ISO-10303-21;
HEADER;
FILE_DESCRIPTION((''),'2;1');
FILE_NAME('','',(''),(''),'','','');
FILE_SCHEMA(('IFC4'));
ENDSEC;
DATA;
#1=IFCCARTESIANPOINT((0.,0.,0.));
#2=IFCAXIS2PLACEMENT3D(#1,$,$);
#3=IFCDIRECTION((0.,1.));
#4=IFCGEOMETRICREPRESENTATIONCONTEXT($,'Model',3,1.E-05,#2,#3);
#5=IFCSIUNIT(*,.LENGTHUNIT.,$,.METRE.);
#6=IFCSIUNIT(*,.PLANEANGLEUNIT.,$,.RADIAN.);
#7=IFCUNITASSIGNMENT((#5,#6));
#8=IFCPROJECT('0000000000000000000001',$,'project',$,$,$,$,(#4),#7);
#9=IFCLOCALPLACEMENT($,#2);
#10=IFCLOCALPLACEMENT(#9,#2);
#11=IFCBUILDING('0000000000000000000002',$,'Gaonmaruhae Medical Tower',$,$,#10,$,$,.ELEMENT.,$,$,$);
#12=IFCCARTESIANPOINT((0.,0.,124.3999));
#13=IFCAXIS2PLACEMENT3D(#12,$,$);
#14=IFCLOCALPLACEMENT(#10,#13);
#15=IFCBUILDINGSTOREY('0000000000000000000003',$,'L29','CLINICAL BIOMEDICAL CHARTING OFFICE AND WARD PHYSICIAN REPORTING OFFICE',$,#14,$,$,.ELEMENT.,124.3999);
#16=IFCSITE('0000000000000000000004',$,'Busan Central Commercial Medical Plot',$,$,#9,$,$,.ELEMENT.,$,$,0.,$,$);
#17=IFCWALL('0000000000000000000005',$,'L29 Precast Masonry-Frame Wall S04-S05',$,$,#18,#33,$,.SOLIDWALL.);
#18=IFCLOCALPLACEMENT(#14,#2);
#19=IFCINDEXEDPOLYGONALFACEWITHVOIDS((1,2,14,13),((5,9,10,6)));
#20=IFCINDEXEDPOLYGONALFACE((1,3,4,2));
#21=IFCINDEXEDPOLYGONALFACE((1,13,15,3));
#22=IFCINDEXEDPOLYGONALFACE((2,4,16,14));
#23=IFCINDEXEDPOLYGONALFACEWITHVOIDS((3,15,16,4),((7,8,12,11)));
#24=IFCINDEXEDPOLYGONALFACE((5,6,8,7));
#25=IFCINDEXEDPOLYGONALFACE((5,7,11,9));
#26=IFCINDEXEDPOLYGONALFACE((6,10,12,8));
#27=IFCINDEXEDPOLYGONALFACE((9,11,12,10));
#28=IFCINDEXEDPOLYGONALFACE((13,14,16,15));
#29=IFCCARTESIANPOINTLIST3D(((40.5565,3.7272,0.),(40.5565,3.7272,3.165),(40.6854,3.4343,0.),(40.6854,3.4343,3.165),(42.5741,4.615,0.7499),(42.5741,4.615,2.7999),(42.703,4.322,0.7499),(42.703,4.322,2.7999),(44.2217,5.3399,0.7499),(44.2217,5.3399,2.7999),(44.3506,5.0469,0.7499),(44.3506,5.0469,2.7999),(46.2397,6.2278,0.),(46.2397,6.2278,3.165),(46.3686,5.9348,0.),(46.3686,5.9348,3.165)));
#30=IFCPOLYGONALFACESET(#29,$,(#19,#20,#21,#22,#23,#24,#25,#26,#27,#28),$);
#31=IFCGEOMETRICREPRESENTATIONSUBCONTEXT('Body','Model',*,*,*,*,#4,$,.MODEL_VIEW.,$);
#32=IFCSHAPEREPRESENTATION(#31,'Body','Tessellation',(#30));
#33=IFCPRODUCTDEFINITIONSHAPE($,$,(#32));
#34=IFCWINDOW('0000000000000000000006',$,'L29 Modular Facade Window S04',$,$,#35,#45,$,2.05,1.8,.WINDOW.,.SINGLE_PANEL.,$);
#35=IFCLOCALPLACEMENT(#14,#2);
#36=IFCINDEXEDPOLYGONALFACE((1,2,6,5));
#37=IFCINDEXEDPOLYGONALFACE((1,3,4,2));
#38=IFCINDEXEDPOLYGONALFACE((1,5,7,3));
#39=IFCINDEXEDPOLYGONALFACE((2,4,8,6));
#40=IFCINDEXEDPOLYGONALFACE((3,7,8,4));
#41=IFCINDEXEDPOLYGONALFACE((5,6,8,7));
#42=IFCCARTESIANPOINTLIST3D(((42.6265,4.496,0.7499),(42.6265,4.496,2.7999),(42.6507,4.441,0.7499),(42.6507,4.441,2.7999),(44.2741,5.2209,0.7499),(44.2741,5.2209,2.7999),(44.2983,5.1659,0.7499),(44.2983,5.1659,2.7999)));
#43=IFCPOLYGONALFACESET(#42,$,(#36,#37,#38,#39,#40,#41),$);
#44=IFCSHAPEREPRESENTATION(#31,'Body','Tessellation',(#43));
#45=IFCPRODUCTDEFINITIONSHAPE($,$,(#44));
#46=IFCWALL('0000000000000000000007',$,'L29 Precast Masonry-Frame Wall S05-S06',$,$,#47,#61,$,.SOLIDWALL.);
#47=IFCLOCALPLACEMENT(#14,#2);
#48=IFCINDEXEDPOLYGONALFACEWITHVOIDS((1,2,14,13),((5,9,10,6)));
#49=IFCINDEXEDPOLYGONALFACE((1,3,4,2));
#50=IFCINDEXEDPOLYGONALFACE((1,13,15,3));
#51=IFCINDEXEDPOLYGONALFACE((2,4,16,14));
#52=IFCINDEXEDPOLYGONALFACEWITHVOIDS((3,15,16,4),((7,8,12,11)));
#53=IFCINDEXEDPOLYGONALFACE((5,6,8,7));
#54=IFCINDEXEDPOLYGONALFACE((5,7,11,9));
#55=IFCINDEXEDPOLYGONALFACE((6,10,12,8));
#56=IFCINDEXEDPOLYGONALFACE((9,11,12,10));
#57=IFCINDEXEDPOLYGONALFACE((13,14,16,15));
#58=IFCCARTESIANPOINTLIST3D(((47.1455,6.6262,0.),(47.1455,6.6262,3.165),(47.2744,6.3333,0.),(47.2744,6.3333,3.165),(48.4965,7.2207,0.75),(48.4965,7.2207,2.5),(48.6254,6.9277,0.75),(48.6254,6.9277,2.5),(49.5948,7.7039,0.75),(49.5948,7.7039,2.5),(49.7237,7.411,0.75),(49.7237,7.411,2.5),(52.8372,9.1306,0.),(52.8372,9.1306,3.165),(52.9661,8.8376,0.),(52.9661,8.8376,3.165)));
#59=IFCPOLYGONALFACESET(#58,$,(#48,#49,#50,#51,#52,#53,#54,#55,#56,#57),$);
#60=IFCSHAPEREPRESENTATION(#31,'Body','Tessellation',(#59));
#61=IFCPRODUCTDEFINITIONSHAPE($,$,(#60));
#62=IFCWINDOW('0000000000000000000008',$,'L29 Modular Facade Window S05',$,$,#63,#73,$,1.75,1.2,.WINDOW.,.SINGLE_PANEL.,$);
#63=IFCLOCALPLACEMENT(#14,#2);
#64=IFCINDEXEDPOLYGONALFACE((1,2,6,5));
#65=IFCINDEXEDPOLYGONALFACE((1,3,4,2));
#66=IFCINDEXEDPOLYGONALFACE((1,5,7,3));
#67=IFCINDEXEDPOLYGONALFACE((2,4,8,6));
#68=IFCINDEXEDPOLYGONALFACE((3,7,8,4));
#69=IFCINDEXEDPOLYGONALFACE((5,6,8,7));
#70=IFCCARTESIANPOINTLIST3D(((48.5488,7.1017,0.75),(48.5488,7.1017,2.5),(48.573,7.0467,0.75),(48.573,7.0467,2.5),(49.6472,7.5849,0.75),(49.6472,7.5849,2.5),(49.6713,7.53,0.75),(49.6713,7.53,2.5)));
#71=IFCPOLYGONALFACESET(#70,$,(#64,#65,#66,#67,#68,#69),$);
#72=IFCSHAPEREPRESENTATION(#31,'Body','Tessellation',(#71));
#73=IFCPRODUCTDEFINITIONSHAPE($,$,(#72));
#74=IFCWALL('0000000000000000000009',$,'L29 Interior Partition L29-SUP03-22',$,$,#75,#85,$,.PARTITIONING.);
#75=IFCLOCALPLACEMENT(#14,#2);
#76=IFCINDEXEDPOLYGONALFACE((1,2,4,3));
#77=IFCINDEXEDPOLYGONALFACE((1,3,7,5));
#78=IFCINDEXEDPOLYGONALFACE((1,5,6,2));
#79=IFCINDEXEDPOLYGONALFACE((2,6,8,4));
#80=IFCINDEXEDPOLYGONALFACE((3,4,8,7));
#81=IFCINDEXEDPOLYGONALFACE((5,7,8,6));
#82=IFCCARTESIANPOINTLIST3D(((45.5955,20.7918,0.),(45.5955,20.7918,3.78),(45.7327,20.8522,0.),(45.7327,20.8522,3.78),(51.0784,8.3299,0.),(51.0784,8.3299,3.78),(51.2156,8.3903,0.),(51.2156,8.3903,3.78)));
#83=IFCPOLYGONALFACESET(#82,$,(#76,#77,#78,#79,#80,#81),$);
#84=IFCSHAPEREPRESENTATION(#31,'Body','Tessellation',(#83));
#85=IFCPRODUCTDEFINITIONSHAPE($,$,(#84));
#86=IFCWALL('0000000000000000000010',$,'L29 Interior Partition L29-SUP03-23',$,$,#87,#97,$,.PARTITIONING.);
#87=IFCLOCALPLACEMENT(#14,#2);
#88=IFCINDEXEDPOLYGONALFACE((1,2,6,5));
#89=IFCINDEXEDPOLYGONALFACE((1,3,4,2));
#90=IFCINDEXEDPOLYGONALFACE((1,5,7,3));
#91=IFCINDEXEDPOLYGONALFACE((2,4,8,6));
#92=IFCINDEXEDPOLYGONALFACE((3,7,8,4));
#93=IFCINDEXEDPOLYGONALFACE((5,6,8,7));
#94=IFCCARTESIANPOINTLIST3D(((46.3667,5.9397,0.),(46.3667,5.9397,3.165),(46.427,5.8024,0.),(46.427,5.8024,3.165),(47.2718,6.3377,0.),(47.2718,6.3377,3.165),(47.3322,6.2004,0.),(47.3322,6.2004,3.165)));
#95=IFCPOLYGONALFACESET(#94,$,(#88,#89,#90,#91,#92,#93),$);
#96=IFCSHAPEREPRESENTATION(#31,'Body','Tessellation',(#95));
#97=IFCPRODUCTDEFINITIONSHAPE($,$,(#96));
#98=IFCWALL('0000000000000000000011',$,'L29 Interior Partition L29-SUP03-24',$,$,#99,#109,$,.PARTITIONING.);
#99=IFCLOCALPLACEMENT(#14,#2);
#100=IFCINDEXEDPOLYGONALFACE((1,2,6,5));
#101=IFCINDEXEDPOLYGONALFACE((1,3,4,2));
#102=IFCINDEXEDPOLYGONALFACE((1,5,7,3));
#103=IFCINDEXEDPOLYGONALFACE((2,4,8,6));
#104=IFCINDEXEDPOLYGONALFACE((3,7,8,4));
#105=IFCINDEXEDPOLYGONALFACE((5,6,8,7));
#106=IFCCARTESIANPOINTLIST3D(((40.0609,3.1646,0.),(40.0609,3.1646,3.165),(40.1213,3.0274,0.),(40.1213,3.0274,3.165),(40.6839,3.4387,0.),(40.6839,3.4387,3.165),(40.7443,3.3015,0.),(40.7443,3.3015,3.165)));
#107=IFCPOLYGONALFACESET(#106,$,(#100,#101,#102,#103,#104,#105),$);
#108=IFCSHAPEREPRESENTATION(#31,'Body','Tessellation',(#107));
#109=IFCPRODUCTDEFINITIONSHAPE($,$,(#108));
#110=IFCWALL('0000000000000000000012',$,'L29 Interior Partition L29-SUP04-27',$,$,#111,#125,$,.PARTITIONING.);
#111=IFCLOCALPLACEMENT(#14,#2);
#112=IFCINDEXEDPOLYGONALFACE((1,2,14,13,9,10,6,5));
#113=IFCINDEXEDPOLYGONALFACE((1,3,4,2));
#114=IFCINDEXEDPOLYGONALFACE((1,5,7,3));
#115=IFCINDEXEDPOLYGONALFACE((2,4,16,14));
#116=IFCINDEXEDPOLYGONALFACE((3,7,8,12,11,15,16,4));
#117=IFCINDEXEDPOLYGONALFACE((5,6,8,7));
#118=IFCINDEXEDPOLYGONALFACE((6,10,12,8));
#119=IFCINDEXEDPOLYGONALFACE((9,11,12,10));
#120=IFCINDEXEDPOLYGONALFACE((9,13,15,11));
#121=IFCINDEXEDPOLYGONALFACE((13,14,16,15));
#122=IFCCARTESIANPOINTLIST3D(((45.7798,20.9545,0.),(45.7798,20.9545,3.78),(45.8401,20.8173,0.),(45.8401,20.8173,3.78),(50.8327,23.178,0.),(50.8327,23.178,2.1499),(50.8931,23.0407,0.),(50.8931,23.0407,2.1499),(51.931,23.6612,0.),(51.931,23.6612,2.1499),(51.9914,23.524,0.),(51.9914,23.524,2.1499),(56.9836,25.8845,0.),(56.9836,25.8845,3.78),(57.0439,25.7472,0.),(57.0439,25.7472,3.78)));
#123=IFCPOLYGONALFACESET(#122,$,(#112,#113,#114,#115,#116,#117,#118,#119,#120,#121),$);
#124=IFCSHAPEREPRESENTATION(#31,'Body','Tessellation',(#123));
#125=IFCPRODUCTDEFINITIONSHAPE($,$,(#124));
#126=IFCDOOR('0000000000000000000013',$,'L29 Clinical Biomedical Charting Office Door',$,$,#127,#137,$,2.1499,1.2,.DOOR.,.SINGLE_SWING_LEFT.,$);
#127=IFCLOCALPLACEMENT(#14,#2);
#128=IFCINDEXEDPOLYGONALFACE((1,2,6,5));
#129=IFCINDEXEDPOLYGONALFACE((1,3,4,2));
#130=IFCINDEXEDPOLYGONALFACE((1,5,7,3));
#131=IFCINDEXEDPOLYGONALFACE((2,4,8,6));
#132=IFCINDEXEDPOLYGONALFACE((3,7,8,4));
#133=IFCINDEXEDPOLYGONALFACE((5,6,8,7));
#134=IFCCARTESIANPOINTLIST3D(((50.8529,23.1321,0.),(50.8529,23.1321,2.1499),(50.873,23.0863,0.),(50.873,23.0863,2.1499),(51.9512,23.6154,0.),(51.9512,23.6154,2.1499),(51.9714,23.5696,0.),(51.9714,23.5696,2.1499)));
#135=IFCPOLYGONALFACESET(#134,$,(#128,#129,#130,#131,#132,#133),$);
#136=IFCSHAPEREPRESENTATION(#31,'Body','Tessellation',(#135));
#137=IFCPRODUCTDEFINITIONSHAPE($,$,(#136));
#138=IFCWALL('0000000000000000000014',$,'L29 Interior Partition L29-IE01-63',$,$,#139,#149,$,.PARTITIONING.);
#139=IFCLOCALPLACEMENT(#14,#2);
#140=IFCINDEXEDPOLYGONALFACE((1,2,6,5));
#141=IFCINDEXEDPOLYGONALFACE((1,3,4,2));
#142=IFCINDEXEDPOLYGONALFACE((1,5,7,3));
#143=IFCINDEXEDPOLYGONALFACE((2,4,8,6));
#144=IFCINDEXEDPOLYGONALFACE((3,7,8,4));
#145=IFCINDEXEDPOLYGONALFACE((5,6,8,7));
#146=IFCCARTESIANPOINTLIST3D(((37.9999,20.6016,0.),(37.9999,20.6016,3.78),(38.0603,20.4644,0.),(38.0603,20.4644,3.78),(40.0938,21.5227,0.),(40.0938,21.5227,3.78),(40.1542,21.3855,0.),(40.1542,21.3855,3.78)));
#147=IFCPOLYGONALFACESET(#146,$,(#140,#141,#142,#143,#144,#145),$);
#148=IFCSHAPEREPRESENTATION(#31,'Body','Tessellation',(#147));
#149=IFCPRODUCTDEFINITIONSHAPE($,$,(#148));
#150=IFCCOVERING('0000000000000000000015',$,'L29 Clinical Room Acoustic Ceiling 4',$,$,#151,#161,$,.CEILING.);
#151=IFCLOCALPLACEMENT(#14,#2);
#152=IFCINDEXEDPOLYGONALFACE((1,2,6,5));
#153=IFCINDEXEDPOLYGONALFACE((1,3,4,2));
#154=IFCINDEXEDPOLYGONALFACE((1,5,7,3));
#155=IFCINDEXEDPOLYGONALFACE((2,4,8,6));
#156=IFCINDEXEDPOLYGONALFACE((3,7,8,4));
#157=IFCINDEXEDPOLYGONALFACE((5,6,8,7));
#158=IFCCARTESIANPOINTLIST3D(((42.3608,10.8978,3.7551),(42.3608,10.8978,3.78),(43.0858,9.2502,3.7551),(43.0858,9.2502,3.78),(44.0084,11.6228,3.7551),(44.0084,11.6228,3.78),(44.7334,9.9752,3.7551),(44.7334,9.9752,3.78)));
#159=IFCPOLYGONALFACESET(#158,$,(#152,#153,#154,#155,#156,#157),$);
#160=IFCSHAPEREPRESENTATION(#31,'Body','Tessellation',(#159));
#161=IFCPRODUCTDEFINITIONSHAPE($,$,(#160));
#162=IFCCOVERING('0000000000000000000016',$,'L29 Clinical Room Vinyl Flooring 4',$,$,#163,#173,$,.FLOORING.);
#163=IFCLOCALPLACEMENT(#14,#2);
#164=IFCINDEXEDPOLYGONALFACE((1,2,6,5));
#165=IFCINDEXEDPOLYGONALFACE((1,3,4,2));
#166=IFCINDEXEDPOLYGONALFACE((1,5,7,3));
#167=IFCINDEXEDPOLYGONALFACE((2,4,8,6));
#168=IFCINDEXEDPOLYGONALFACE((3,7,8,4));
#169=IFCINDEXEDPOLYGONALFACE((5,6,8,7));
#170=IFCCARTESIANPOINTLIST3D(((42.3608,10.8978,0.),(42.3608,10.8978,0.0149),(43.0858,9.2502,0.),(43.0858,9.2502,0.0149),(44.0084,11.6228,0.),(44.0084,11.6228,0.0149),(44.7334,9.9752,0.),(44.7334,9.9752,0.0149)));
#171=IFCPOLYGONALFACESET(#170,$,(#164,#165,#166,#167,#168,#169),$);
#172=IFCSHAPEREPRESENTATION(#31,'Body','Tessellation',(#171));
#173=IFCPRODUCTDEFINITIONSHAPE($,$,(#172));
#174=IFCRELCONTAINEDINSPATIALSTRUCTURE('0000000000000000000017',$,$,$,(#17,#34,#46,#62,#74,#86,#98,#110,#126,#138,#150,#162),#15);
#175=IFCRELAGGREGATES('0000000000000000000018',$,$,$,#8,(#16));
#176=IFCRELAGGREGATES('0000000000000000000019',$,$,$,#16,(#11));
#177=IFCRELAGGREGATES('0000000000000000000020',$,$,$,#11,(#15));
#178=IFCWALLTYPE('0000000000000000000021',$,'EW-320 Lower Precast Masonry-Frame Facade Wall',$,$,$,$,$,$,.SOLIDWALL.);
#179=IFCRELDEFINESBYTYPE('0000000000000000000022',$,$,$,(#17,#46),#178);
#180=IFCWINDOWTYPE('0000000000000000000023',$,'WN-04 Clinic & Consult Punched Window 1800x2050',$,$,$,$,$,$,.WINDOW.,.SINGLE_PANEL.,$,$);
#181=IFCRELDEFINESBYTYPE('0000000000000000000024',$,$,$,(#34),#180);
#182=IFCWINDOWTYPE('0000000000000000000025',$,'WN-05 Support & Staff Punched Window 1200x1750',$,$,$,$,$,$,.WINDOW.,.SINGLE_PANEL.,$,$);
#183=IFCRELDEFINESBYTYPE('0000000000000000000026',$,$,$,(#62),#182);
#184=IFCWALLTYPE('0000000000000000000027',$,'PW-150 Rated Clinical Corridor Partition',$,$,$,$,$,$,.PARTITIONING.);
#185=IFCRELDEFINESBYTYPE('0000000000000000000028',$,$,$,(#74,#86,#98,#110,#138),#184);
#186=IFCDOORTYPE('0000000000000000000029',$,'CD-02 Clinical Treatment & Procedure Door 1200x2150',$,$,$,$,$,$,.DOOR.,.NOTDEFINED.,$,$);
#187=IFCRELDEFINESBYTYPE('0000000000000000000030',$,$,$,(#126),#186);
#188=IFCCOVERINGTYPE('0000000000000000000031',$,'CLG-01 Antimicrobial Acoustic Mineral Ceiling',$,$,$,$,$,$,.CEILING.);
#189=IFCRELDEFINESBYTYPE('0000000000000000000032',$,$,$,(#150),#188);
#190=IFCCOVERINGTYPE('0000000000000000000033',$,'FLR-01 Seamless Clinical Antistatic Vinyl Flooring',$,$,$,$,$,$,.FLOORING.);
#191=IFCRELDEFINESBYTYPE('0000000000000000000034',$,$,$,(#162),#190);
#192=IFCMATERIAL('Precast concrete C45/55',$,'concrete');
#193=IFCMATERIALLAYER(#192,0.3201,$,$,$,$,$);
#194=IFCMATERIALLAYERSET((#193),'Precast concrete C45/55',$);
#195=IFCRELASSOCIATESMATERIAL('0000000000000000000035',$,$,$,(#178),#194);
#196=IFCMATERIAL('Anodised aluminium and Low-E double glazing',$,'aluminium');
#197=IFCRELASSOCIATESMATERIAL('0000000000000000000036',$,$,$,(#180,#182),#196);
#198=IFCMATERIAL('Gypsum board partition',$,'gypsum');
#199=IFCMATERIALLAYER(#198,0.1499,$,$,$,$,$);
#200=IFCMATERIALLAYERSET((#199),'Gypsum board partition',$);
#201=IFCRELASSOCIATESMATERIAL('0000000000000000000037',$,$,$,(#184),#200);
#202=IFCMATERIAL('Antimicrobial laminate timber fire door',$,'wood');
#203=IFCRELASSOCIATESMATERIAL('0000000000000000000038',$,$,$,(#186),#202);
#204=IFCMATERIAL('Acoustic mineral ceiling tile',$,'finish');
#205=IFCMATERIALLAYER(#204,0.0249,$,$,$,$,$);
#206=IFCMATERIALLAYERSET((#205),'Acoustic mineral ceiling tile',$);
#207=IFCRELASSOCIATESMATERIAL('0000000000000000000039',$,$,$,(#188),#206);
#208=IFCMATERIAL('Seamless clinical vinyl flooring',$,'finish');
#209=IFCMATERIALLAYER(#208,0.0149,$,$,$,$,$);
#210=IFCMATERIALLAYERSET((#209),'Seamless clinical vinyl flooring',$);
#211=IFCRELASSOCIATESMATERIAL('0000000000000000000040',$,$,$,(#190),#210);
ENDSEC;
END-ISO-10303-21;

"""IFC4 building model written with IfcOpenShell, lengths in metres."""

from ifc_helpers import new_model, si_unit, direction, frame, frame_2d, origin, origin_2d, place, context, subcontext, project, spatial, rectangle, extrude, material, layer, layer_set, type_object, element, fill, save


model = new_model("IFC4")

# Units and contexts
model_context = context("Model", 3, precision=1e-05, world=origin(), true_north=direction((0.0, 1.0)))
body_context = subcontext(model_context, "Body", "Model", "MODEL_VIEW")
ifc_project = project(units=[si_unit("LENGTHUNIT", "METRE"), si_unit("PLANEANGLEUNIT", "RADIAN")], contexts=[model_context])

# Site, building, storey
site_placement = place(None, origin())
site = spatial("IfcSite", under=ifc_project, at=site_placement, Name="Busan Central Commercial Medical Plot", CompositionType="ELEMENT", RefElevation=0.0)
building_placement = place(site_placement, origin())
building = spatial("IfcBuilding", under=site, at=building_placement, Name="Gaonmaruhae Medical Tower", CompositionType="ELEMENT")
storey_placement = place(building_placement, frame((0.0, 0.0, 124.3999)))
storey = spatial("IfcBuildingStorey", under=building, at=storey_placement, Name="L29", Description="CLINICAL BIOMEDICAL CHARTING OFFICE AND WARD PHYSICIAN REPORTING OFFICE", CompositionType="ELEMENT", Elevation=124.3999)

# Walls, openings, windows
ifc_material_1 = material(Name="Precast concrete C45/55", Category="concrete")
ifc_layer_1 = layer(ifc_material_1, 0.3201)
ifc_layer_set_1 = layer_set([ifc_layer_1], Name="Precast concrete C45/55")
wall_type_1 = type_object("IfcWallType", Name="EW-320 Lower Precast Masonry-Frame Facade Wall", PredefinedType="SOLIDWALL", material=ifc_layer_set_1)
wall_1_placement = place(storey_placement, frame((46.3042, 6.0813, 0.0), z_axis=(0.0, 0.0, 1.0), x_axis=(-0.91532, -0.402728, 0.0)))
wall_1 = element("IfcWall", 1, at=wall_1_placement, inside=storey, type_object=wall_type_1, Name="L29 Precast Masonry-Frame Wall S04-S05", PredefinedType="SOLIDWALL", context=body_context, shape_type="SweptSolid", body=[
    extrude(rectangle(XDim=6.209, YDim=0.3201, at=frame_2d((3.1045, 0.0))), origin(), (0.0, 0.0, 1.0), 3.165),
])
opening_1_placement = place(wall_1_placement, frame((2.2048, 0.0, 0.75)))
opening_1 = element("IfcOpeningElement", 2, at=opening_1_placement, cuts=wall_1, PredefinedType="OPENING", context=body_context, shape_type="SweptSolid", body=[
    extrude(rectangle(XDim=1.8, YDim=2.05, at=frame_2d((0.8999, 1.0249))), frame((0.0, 0.1699, 0.0), z_axis=(0.0, -1.0, 0.0), x_axis=(1.0, 0.0, 0.0)), (0.0, 0.0, 1.0), 0.3401),
])
ifc_material_2 = material(Name="Anodised aluminium and Low-E double glazing", Category="aluminium")
window_type_1 = type_object("IfcWindowType", Name="WN-04 Clinic & Consult Punched Window 1800x2050", PartitioningType="SINGLE_PANEL", PredefinedType="WINDOW", material=ifc_material_2)
window_1_placement = place(opening_1_placement, origin())
window_1 = element("IfcWindow", 3, at=window_1_placement, inside=storey, type_object=window_type_1, Name="L29 Modular Facade Window S04", OverallHeight=2.05, OverallWidth=1.8, PartitioningType="SINGLE_PANEL", PredefinedType="WINDOW", context=body_context, shape_type="SweptSolid", body=[
    extrude(rectangle(XDim=1.8, YDim=2.05, at=frame_2d((0.8999, 1.0249))), frame((0.0, 0.03, 0.0), z_axis=(0.0, -1.0, 0.0), x_axis=(1.0, 0.0, 0.0)), (0.0, 0.0, 1.0), 0.0601),
])
fill(opening_1, window_1)
wall_2_placement = place(storey_placement, frame((52.9016, 8.9841, 0.0), z_axis=(0.0, 0.0, 1.0), x_axis=(-0.915311, -0.402748, 0.0)))
wall_2 = element("IfcWall", 4, at=wall_2_placement, inside=storey, type_object=wall_type_1, Name="L29 Precast Masonry-Frame Wall S05-S06", PredefinedType="SOLIDWALL", context=body_context, shape_type="SweptSolid", body=[
    extrude(rectangle(XDim=6.2183, YDim=0.3201, at=frame_2d((3.1091, 0.0))), origin(), (0.0, 0.0, 1.0), 3.165),
])
opening_2_placement = place(wall_2_placement, frame((3.5422, 0.0, 0.75)))
opening_2 = element("IfcOpeningElement", 5, at=opening_2_placement, cuts=wall_2, PredefinedType="OPENING", context=body_context, shape_type="SweptSolid", body=[
    extrude(rectangle(XDim=1.2, YDim=1.75, at=frame_2d((0.6001, 0.875))), frame((0.0, 0.1699, 0.0), z_axis=(0.0, -1.0, 0.0), x_axis=(1.0, 0.0, 0.0)), (0.0, 0.0, 1.0), 0.3401),
])
window_type_2 = type_object("IfcWindowType", Name="WN-05 Support & Staff Punched Window 1200x1750", PartitioningType="SINGLE_PANEL", PredefinedType="WINDOW", material=ifc_material_2)
window_2_placement = place(opening_2_placement, origin())
window_2 = element("IfcWindow", 6, at=window_2_placement, inside=storey, type_object=window_type_2, Name="L29 Modular Facade Window S05", OverallHeight=1.75, OverallWidth=1.2, PartitioningType="SINGLE_PANEL", PredefinedType="WINDOW", context=body_context, shape_type="SweptSolid", body=[
    extrude(rectangle(XDim=1.2, YDim=1.75, at=frame_2d((0.6001, 0.875))), frame((0.0, 0.03, 0.0), z_axis=(0.0, -1.0, 0.0), x_axis=(1.0, 0.0, 0.0)), (0.0, 0.0, 1.0), 0.0601),
])
fill(opening_2, window_2)

# Walls
ifc_material_3 = material(Name="Gypsum board partition", Category="gypsum")
ifc_layer_2 = layer(ifc_material_3, 0.1499)
ifc_layer_set_2 = layer_set([ifc_layer_2], Name="Gypsum board partition")
wall_type_2 = type_object("IfcWallType", Name="PW-150 Rated Clinical Corridor Partition", PredefinedType="PARTITIONING", material=ifc_layer_set_2)
wall_3_placement = place(storey_placement, frame((45.6641, 20.822, 0.0), z_axis=(0.0, 0.0, 1.0), x_axis=(0.402718, -0.915324, 0.0)))
element("IfcWall", 7, at=wall_3_placement, inside=storey, type_object=wall_type_2, Name="L29 Interior Partition L29-SUP03-22", PredefinedType="PARTITIONING", context=body_context, shape_type="SweptSolid", body=[
    extrude(rectangle(XDim=13.6147, YDim=0.1499, at=frame_2d((6.8074, 0.0))), origin(), (0.0, 0.0, 1.0), 3.78),
])
wall_4_placement = place(storey_placement, frame((47.302, 6.269, 0.0), z_axis=(0.0, 0.0, 1.0), x_axis=(-0.915413, -0.402515, 0.0)))
element("IfcWall", 8, at=wall_4_placement, inside=storey, type_object=wall_type_2, Name="L29 Interior Partition L29-SUP03-23", PredefinedType="PARTITIONING", context=body_context, shape_type="SweptSolid", body=[
    extrude(rectangle(XDim=0.9888, YDim=0.1499, at=frame_2d((0.4944, 0.0))), origin(), (0.0, 0.0, 1.0), 3.165),
])
wall_5_placement = place(storey_placement, frame((40.7141, 3.3701, 0.0), z_axis=(0.0, 0.0, 1.0), x_axis=(-0.915299, -0.402775, 0.0)))
element("IfcWall", 9, at=wall_5_placement, inside=storey, type_object=wall_type_2, Name="L29 Interior Partition L29-SUP03-24", PredefinedType="PARTITIONING", context=body_context, shape_type="SweptSolid", body=[
    extrude(rectangle(XDim=0.6807, YDim=0.1499, at=frame_2d((0.3403, 0.0))), origin(), (0.0, 0.0, 1.0), 3.165),
])

# Wall, opening, door
wall_6_placement = place(storey_placement, frame((45.8101, 20.886, 0.0), z_axis=(0.0, 0.0, 1.0), x_axis=(0.915308, 0.402755, 0.0)))
wall_6 = element("IfcWall", 10, at=wall_6_placement, inside=storey, type_object=wall_type_2, Name="L29 Interior Partition L29-SUP04-27", PredefinedType="PARTITIONING", context=body_context, shape_type="SweptSolid", body=[
    extrude(rectangle(XDim=12.2405, YDim=0.1499, at=frame_2d((6.1201, 0.0))), origin(), (0.0, 0.0, 1.0), 3.78),
])
opening_3_placement = place(wall_6_placement, frame((5.5203, 0.0, 0.0)))
opening_3 = element("IfcOpeningElement", 11, at=opening_3_placement, cuts=wall_6, PredefinedType="OPENING", context=body_context, shape_type="SweptSolid", body=[
    extrude(rectangle(XDim=1.2, YDim=2.1499, at=frame_2d((0.6001, 1.075))), frame((0.0, 0.085, 0.0), z_axis=(0.0, -1.0, 0.0), x_axis=(1.0, 0.0, 0.0)), (0.0, 0.0, 1.0), 0.1699),
])
ifc_material_4 = material(Name="Antimicrobial laminate timber fire door", Category="wood")
door_type = type_object("IfcDoorType", Name="CD-02 Clinical Treatment & Procedure Door 1200x2150", OperationType="NOTDEFINED", PredefinedType="DOOR", material=ifc_material_4)
door_placement = place(opening_3_placement, origin())
door = element("IfcDoor", 12, at=door_placement, inside=storey, type_object=door_type, Name="L29 Clinical Biomedical Charting Office Door", OperationType="SINGLE_SWING_LEFT", OverallHeight=2.1499, OverallWidth=1.2, PredefinedType="DOOR", context=body_context, shape_type="SweptSolid", body=[
    extrude(rectangle(XDim=1.2, YDim=2.1499, at=frame_2d((0.6001, 1.075))), frame((0.0, 0.0249, 0.0), z_axis=(0.0, -1.0, 0.0), x_axis=(1.0, 0.0, 0.0)), (0.0, 0.0, 1.0), 0.05),
])
fill(opening_3, door)

# Wall
wall_7_placement = place(storey_placement, frame((40.124, 21.4541, 0.0), z_axis=(0.0, 0.0, 1.0), x_axis=(-0.91535, -0.40266, 0.0)))
element("IfcWall", 13, at=wall_7_placement, inside=storey, type_object=wall_type_2, Name="L29 Interior Partition L29-IE01-63", PredefinedType="PARTITIONING", context=body_context, shape_type="SweptSolid", body=[
    extrude(rectangle(XDim=2.2876, YDim=0.1499, at=frame_2d((1.1438, 0.0))), origin(), (0.0, 0.0, 1.0), 3.78),
])

# Coverings
ifc_material_5 = material(Name="Acoustic mineral ceiling tile", Category="finish")
ifc_layer_3 = layer(ifc_material_5, 0.0249)
ifc_layer_set_3 = layer_set([ifc_layer_3], Name="Acoustic mineral ceiling tile")
covering_type_1 = type_object("IfcCoveringType", Name="CLG-01 Antimicrobial Acoustic Mineral Ceiling", PredefinedType="CEILING", material=ifc_layer_set_3)
covering_1_placement = place(storey_placement, frame((43.5471, 10.4365, 3.7551), z_axis=(0.0, 0.0, 1.0), x_axis=(0.915311, 0.402747, 0.0)))
element("IfcCovering", 14, at=covering_1_placement, inside=storey, type_object=covering_type_1, Name="L29 Clinical Room Acoustic Ceiling 4", PredefinedType="CEILING", context=body_context, shape_type="SweptSolid", body=[
    extrude(rectangle(XDim=1.8, YDim=1.8, at=origin_2d()), origin(), (0.0, 0.0, 1.0), 0.0249),
])
ifc_material_6 = material(Name="Seamless clinical vinyl flooring", Category="finish")
ifc_layer_4 = layer(ifc_material_6, 0.0149)
ifc_layer_set_4 = layer_set([ifc_layer_4], Name="Seamless clinical vinyl flooring")
covering_type_2 = type_object("IfcCoveringType", Name="FLR-01 Seamless Clinical Antistatic Vinyl Flooring", PredefinedType="FLOORING", material=ifc_layer_set_4)
covering_2_placement = place(storey_placement, frame((43.5471, 10.4365, 0.0), z_axis=(0.0, 0.0, 1.0), x_axis=(0.915311, 0.402747, 0.0)))
element("IfcCovering", 15, at=covering_2_placement, inside=storey, type_object=covering_type_2, Name="L29 Clinical Room Vinyl Flooring 4", PredefinedType="FLOORING", context=body_context, shape_type="SweptSolid", body=[
    extrude(rectangle(XDim=1.8, YDim=1.8, at=origin_2d()), origin(), (0.0, 0.0, 1.0), 0.0149),
])

save(model, "model.ifc")
